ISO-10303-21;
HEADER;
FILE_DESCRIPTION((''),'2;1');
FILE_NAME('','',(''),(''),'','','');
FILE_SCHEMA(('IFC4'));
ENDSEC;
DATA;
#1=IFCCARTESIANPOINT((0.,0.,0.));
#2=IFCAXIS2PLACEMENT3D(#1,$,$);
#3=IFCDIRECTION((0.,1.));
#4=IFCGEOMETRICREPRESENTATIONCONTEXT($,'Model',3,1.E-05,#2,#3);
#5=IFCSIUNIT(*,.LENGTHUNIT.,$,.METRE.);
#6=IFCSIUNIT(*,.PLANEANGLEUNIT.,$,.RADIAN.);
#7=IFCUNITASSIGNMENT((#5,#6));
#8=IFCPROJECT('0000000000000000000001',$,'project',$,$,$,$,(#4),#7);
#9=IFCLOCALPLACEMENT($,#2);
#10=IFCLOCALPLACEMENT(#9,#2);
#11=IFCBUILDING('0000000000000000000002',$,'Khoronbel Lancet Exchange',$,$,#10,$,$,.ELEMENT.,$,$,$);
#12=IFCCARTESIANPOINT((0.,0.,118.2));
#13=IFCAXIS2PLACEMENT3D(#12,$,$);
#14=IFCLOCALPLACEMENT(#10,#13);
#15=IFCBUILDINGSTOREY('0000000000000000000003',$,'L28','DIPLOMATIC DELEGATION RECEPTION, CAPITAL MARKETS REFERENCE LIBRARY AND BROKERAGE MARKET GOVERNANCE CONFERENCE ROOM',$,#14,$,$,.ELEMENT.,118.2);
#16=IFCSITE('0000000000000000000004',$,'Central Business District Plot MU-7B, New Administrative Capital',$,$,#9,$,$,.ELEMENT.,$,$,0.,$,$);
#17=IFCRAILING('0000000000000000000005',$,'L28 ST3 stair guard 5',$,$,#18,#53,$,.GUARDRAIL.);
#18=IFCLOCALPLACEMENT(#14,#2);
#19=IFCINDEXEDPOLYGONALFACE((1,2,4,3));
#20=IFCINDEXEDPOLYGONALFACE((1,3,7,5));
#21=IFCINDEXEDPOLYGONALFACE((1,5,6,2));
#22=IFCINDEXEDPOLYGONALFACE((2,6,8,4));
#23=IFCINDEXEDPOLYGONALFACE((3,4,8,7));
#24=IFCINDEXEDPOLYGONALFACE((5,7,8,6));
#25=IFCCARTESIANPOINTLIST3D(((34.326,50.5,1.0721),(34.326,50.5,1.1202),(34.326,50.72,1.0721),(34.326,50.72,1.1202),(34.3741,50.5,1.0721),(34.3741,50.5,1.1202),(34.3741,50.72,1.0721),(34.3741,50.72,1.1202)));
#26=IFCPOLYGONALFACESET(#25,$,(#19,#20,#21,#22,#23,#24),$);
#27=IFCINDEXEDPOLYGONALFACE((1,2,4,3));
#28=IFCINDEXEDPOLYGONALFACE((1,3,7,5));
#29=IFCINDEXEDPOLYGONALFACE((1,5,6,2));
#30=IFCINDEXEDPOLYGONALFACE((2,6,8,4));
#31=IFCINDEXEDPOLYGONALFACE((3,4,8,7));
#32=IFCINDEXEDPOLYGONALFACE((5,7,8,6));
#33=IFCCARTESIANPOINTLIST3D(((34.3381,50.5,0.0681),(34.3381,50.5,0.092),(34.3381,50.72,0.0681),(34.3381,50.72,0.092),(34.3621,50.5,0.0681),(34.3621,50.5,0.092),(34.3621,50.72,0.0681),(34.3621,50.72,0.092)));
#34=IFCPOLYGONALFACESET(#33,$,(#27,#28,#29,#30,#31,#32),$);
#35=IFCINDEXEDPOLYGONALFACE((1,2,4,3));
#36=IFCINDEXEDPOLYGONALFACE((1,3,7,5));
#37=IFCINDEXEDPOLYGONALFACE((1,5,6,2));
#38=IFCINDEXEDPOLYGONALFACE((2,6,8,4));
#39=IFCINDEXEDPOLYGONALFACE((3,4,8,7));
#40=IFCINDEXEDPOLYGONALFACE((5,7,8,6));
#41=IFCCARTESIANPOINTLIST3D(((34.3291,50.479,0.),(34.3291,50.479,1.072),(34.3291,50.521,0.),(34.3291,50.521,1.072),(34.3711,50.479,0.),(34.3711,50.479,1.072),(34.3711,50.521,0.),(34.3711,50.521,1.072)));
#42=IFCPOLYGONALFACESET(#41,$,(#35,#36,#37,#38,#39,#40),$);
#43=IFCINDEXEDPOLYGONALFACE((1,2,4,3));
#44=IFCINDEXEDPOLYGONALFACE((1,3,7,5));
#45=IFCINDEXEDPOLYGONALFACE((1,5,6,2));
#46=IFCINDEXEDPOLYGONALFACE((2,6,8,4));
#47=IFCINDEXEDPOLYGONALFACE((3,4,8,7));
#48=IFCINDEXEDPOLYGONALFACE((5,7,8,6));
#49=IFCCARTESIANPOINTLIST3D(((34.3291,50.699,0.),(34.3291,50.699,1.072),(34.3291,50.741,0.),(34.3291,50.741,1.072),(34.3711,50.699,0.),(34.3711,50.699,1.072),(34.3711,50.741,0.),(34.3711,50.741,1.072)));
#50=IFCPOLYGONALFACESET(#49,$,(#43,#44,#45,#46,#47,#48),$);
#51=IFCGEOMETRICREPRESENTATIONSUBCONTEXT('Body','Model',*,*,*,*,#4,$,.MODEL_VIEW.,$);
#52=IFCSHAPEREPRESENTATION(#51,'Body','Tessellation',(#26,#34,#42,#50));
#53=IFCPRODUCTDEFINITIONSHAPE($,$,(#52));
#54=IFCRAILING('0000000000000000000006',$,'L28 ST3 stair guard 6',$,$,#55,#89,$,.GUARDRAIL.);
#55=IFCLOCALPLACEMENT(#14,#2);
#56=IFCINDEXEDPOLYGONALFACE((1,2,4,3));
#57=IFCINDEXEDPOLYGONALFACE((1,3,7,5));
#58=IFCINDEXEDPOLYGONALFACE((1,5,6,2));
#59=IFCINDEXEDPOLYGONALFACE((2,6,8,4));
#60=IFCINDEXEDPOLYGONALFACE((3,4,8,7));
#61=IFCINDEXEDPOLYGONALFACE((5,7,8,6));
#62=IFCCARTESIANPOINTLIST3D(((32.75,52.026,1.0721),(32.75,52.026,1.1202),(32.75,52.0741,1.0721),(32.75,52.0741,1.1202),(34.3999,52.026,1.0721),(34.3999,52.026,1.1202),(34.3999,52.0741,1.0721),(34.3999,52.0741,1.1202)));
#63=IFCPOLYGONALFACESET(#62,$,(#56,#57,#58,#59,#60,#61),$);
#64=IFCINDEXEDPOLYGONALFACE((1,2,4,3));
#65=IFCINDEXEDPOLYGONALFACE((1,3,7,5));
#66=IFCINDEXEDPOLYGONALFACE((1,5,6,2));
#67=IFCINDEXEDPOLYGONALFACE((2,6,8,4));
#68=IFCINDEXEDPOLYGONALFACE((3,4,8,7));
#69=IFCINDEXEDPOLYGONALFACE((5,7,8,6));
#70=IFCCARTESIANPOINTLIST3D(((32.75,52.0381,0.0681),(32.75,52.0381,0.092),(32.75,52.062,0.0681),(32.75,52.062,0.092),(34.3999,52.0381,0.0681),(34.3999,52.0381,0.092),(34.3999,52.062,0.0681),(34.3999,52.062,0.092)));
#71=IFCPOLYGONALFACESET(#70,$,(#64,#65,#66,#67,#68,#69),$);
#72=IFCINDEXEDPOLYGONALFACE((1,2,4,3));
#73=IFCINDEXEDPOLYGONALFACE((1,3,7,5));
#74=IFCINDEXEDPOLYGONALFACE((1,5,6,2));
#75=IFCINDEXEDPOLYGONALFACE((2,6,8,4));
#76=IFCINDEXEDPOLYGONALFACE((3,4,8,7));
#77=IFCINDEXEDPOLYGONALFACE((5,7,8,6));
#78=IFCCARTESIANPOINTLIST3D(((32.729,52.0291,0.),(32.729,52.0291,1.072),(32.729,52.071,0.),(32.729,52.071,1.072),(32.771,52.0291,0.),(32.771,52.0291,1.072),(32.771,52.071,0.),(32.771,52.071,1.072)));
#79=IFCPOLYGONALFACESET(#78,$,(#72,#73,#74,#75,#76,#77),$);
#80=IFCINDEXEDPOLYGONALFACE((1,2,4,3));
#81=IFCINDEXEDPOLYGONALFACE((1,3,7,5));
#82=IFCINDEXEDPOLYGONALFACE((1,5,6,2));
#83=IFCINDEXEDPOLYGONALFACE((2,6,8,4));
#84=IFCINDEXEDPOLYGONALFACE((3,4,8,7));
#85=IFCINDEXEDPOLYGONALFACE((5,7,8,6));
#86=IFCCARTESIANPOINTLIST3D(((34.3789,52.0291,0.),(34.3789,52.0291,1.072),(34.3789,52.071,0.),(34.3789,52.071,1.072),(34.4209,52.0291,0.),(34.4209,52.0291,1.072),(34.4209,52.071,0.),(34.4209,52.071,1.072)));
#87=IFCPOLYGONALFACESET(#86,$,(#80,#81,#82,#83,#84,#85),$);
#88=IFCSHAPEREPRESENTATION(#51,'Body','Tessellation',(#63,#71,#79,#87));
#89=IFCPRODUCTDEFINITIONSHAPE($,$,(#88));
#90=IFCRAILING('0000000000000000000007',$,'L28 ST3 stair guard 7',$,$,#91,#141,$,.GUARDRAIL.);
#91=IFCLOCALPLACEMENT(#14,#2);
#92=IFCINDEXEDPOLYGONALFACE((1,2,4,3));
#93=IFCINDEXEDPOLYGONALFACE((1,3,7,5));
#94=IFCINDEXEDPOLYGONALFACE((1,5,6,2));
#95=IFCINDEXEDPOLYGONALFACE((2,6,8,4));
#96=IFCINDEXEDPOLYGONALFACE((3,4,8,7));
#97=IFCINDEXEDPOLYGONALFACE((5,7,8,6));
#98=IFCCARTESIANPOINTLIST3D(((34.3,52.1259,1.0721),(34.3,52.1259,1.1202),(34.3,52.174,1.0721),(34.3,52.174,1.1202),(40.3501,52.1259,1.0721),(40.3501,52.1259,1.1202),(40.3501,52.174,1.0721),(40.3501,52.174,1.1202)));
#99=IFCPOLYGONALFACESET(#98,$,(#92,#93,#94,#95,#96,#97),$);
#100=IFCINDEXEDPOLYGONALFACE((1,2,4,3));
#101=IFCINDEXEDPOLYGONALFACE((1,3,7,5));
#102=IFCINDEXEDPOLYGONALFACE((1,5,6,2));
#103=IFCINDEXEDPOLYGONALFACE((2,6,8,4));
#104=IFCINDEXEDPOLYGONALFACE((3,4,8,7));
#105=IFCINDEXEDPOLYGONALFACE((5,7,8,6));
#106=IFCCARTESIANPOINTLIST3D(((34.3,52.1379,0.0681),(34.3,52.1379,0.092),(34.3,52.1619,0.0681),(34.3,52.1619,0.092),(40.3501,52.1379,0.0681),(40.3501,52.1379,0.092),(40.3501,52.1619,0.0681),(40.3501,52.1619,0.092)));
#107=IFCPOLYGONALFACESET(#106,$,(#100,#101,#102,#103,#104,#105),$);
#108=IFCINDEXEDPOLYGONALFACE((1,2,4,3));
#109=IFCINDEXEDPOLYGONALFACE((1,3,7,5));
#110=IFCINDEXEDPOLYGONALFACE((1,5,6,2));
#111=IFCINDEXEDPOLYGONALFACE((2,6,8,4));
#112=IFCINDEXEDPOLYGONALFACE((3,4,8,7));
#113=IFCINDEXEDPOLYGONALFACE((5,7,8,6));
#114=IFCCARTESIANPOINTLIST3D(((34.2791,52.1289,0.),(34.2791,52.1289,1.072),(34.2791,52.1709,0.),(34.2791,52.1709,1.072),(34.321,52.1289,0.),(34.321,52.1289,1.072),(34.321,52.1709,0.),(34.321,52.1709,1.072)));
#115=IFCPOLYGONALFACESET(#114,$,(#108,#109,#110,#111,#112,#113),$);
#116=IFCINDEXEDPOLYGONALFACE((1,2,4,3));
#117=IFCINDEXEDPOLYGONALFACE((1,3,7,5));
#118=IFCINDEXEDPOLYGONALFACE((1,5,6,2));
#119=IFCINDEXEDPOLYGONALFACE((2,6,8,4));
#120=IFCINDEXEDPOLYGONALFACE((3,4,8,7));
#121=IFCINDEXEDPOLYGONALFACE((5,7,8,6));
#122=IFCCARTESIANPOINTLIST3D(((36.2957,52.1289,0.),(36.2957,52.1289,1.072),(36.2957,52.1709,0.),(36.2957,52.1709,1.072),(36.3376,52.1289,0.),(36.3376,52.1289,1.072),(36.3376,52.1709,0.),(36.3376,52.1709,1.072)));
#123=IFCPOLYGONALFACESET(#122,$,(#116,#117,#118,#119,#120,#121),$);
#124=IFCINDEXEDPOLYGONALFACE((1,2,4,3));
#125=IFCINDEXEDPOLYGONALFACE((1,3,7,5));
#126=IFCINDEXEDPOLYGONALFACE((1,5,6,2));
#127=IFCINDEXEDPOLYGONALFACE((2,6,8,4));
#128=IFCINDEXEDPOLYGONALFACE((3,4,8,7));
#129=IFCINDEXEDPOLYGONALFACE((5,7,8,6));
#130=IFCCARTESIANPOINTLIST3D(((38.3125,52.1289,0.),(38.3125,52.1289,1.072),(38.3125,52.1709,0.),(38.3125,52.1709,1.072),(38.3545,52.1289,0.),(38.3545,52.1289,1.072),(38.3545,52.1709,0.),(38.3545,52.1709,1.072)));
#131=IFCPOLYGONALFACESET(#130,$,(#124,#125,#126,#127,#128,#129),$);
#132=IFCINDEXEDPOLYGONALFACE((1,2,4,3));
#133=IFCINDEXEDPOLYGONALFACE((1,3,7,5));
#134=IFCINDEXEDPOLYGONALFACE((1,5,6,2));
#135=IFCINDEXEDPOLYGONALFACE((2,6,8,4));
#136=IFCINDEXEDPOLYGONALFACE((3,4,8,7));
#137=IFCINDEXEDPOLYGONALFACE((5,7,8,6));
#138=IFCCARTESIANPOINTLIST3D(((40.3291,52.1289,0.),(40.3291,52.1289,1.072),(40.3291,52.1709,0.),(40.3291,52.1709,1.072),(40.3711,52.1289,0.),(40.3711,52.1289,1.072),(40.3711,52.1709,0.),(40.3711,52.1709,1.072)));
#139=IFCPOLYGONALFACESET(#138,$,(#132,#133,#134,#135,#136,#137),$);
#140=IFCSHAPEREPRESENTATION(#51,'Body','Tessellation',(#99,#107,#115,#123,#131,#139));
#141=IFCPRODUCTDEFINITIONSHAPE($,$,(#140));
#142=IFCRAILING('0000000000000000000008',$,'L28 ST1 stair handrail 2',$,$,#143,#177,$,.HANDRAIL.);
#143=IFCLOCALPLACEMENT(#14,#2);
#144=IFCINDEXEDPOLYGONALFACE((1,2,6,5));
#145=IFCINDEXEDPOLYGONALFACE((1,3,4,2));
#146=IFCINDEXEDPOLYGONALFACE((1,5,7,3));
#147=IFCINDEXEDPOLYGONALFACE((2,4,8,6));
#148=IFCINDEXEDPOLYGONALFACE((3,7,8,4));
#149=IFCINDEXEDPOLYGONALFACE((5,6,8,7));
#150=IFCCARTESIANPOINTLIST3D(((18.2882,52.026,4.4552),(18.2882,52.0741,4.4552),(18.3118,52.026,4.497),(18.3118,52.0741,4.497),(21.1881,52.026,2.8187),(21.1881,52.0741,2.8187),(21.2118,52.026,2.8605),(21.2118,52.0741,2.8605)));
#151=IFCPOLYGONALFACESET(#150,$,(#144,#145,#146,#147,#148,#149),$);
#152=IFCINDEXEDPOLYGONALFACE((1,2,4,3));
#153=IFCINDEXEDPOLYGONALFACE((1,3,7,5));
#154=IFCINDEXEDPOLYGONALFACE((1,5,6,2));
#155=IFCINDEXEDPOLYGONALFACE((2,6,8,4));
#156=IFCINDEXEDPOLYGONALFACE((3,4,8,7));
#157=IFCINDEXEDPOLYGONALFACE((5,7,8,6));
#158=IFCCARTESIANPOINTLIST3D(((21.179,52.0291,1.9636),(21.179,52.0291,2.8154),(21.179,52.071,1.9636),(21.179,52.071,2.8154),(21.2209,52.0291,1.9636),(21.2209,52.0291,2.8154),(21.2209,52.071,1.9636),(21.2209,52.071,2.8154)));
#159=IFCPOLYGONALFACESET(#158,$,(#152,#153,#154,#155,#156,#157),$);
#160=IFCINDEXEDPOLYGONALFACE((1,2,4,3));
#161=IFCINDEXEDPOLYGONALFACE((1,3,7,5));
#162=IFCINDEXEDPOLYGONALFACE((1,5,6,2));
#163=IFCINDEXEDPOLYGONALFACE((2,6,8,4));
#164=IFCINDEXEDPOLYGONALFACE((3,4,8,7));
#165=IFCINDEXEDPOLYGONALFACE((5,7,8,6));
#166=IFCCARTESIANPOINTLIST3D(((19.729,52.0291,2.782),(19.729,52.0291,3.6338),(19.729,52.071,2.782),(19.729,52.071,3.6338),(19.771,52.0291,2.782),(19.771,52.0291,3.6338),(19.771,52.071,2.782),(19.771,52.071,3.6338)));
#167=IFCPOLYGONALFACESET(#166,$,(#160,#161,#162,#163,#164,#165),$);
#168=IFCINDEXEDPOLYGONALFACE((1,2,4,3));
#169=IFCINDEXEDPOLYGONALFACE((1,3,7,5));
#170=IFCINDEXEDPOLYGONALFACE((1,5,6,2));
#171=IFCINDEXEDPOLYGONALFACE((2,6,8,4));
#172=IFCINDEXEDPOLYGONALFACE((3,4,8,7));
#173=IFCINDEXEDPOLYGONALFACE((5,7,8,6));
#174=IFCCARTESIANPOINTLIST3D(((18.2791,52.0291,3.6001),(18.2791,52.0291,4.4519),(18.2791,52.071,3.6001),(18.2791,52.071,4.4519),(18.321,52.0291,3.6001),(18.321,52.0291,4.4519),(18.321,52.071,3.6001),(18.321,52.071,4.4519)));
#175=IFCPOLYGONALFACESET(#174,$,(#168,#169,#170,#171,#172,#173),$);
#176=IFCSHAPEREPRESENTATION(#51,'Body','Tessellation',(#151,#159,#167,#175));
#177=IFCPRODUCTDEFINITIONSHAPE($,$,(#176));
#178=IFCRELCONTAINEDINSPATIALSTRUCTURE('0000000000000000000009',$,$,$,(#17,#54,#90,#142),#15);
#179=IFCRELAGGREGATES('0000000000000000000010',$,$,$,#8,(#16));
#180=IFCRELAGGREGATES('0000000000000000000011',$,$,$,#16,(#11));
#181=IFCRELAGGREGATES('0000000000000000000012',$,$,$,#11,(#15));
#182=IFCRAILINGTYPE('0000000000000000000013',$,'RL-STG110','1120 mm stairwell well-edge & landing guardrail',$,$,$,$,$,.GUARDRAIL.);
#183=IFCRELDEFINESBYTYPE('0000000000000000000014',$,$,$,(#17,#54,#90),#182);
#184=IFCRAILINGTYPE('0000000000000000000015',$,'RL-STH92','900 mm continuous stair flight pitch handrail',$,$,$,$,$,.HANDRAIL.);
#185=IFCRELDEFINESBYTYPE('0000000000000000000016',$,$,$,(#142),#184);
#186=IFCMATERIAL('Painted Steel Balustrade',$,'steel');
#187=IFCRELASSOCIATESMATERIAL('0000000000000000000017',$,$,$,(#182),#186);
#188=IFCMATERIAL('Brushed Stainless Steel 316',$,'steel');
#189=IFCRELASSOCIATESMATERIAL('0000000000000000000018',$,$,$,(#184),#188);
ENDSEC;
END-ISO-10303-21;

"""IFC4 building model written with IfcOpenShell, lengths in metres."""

from ifc_helpers import new_model, si_unit, direction, frame, origin, origin_2d, place, context, subcontext, project, spatial, rectangle, extrude, material, type_object, element, save


model = new_model("IFC4")

# Units and contexts
model_context = context("Model", 3, precision=1e-05, world=origin(), true_north=direction((0.0, 1.0)))
body_context = subcontext(model_context, "Body", "Model", "MODEL_VIEW")
ifc_project = project(units=[si_unit("LENGTHUNIT", "METRE"), si_unit("PLANEANGLEUNIT", "RADIAN")], contexts=[model_context])

# Site, building, storey
site_placement = place(None, origin())
site = spatial("IfcSite", under=ifc_project, at=site_placement, Name="Central Business District Plot MU-7B, New Administrative Capital", CompositionType="ELEMENT", RefElevation=0.0)
building_placement = place(site_placement, origin())
building = spatial("IfcBuilding", under=site, at=building_placement, Name="Khoronbel Lancet Exchange", CompositionType="ELEMENT")
storey_placement = place(building_placement, frame((0.0, 0.0, 118.2)))
storey = spatial("IfcBuildingStorey", under=building, at=storey_placement, Name="L28", Description="DIPLOMATIC DELEGATION RECEPTION, CAPITAL MARKETS REFERENCE LIBRARY AND BROKERAGE MARKET GOVERNANCE CONFERENCE ROOM", CompositionType="ELEMENT", Elevation=118.2)

# Railings
ifc_material_1 = material(Name="Painted Steel Balustrade", Category="steel")
railing_type_1 = type_object("IfcRailingType", Name="RL-STG110", Description="1120 mm stairwell well-edge & landing guardrail", PredefinedType="GUARDRAIL", material=ifc_material_1)
railing_1_placement = place(storey_placement, frame((34.3501, 50.5, 0.0)))
element("IfcRailing", 1, at=railing_1_placement, inside=storey, type_object=railing_type_1, Name="L28 ST3 stair guard 5", PredefinedType="GUARDRAIL", context=body_context, shape_type="SweptSolid", body=[
    extrude(rectangle(XDim=0.0481, YDim=0.0481, at=origin_2d()), frame((0.0, 0.0, 1.0962), z_axis=(0.0, 1.0, 0.0), x_axis=(-1.0, 0.0, 0.0)), (0.0, 0.0, 1.0), 0.22),
    extrude(rectangle(XDim=0.0239, YDim=0.0239, at=origin_2d()), frame((0.0, 0.0, 0.0801), z_axis=(0.0, 1.0, 0.0), x_axis=(-1.0, 0.0, 0.0)), (0.0, 0.0, 1.0), 0.22),
    extrude(rectangle(XDim=0.042, YDim=0.042, at=origin_2d()), origin(), (0.0, 0.0, 1.0), 1.072),
    extrude(rectangle(XDim=0.042, YDim=0.042, at=origin_2d()), frame((0.0, 0.22, 0.0)), (0.0, 0.0, 1.0), 1.072),
])
railing_2_placement = place(storey_placement, frame((32.75, 52.05, 0.0)))
element("IfcRailing", 2, at=railing_2_placement, inside=storey, type_object=railing_type_1, Name="L28 ST3 stair guard 6", PredefinedType="GUARDRAIL", context=body_context, shape_type="SweptSolid", body=[
    extrude(rectangle(XDim=0.0481, YDim=0.0481, at=origin_2d()), frame((0.0, 0.0, 1.0962), z_axis=(1.0, 0.0, 0.0), x_axis=(0.0, 1.0, 0.0)), (0.0, 0.0, 1.0), 1.6499),
    extrude(rectangle(XDim=0.0239, YDim=0.0239, at=origin_2d()), frame((0.0, 0.0, 0.0801), z_axis=(1.0, 0.0, 0.0), x_axis=(0.0, 1.0, 0.0)), (0.0, 0.0, 1.0), 1.6499),
    extrude(rectangle(XDim=0.042, YDim=0.042, at=origin_2d()), origin(), (0.0, 0.0, 1.0), 1.072),
    extrude(rectangle(XDim=0.042, YDim=0.042, at=origin_2d()), frame((1.6499, 0.0, 0.0)), (0.0, 0.0, 1.0), 1.072),
])
railing_3_placement = place(storey_placement, frame((34.3, 52.1499, 0.0)))
element("IfcRailing", 3, at=railing_3_placement, inside=storey, type_object=railing_type_1, Name="L28 ST3 stair guard 7", PredefinedType="GUARDRAIL", context=body_context, shape_type="SweptSolid", body=[
    extrude(rectangle(XDim=0.0481, YDim=0.0481, at=origin_2d()), frame((0.0, 0.0, 1.0962), z_axis=(1.0, 0.0, 0.0), x_axis=(0.0, 1.0, 0.0)), (0.0, 0.0, 1.0), 6.05),
    extrude(rectangle(XDim=0.0239, YDim=0.0239, at=origin_2d()), frame((0.0, 0.0, 0.0801), z_axis=(1.0, 0.0, 0.0), x_axis=(0.0, 1.0, 0.0)), (0.0, 0.0, 1.0), 6.05),
    extrude(rectangle(XDim=0.042, YDim=0.042, at=origin_2d()), origin(), (0.0, 0.0, 1.0), 1.072),
    extrude(rectangle(XDim=0.042, YDim=0.042, at=origin_2d()), frame((2.0166, 0.0, 0.0)), (0.0, 0.0, 1.0), 1.072),
    extrude(rectangle(XDim=0.042, YDim=0.042, at=origin_2d()), frame((4.0334, 0.0, 0.0)), (0.0, 0.0, 1.0), 1.072),
    extrude(rectangle(XDim=0.042, YDim=0.042, at=origin_2d()), frame((6.05, 0.0, 0.0)), (0.0, 0.0, 1.0), 1.072),
])
ifc_material_2 = material(Name="Brushed Stainless Steel 316", Category="steel")
railing_type_2 = type_object("IfcRailingType", Name="RL-STH92", Description="900 mm continuous stair flight pitch handrail", PredefinedType="HANDRAIL", material=ifc_material_2)
railing_4_placement = place(storey_placement, frame((21.2, 52.05, 1.9636)))
element("IfcRailing", 4, at=railing_4_placement, inside=storey, type_object=railing_type_2, Name="L28 ST1 stair handrail 2", PredefinedType="HANDRAIL", context=body_context, shape_type="SweptSolid", body=[
    extrude(rectangle(XDim=0.0481, YDim=0.0481, at=origin_2d()), frame((0.0, 0.0, 0.876), z_axis=(-0.870897, 0.0, 0.491465), x_axis=(0.0, -1.0, 0.0)), (0.0, 0.0, 1.0), 3.3298),
    extrude(rectangle(XDim=0.042, YDim=0.042, at=origin_2d()), origin(), (0.0, 0.0, 1.0), 0.8518),
    extrude(rectangle(XDim=0.042, YDim=0.042, at=origin_2d()), frame((-1.45, 0.0, 0.8184)), (0.0, 0.0, 1.0), 0.8518),
    extrude(rectangle(XDim=0.042, YDim=0.042, at=origin_2d()), frame((-2.8999, 0.0, 1.6365)), (0.0, 0.0, 1.0), 0.8518),
])

save(model, "model.ifc")
